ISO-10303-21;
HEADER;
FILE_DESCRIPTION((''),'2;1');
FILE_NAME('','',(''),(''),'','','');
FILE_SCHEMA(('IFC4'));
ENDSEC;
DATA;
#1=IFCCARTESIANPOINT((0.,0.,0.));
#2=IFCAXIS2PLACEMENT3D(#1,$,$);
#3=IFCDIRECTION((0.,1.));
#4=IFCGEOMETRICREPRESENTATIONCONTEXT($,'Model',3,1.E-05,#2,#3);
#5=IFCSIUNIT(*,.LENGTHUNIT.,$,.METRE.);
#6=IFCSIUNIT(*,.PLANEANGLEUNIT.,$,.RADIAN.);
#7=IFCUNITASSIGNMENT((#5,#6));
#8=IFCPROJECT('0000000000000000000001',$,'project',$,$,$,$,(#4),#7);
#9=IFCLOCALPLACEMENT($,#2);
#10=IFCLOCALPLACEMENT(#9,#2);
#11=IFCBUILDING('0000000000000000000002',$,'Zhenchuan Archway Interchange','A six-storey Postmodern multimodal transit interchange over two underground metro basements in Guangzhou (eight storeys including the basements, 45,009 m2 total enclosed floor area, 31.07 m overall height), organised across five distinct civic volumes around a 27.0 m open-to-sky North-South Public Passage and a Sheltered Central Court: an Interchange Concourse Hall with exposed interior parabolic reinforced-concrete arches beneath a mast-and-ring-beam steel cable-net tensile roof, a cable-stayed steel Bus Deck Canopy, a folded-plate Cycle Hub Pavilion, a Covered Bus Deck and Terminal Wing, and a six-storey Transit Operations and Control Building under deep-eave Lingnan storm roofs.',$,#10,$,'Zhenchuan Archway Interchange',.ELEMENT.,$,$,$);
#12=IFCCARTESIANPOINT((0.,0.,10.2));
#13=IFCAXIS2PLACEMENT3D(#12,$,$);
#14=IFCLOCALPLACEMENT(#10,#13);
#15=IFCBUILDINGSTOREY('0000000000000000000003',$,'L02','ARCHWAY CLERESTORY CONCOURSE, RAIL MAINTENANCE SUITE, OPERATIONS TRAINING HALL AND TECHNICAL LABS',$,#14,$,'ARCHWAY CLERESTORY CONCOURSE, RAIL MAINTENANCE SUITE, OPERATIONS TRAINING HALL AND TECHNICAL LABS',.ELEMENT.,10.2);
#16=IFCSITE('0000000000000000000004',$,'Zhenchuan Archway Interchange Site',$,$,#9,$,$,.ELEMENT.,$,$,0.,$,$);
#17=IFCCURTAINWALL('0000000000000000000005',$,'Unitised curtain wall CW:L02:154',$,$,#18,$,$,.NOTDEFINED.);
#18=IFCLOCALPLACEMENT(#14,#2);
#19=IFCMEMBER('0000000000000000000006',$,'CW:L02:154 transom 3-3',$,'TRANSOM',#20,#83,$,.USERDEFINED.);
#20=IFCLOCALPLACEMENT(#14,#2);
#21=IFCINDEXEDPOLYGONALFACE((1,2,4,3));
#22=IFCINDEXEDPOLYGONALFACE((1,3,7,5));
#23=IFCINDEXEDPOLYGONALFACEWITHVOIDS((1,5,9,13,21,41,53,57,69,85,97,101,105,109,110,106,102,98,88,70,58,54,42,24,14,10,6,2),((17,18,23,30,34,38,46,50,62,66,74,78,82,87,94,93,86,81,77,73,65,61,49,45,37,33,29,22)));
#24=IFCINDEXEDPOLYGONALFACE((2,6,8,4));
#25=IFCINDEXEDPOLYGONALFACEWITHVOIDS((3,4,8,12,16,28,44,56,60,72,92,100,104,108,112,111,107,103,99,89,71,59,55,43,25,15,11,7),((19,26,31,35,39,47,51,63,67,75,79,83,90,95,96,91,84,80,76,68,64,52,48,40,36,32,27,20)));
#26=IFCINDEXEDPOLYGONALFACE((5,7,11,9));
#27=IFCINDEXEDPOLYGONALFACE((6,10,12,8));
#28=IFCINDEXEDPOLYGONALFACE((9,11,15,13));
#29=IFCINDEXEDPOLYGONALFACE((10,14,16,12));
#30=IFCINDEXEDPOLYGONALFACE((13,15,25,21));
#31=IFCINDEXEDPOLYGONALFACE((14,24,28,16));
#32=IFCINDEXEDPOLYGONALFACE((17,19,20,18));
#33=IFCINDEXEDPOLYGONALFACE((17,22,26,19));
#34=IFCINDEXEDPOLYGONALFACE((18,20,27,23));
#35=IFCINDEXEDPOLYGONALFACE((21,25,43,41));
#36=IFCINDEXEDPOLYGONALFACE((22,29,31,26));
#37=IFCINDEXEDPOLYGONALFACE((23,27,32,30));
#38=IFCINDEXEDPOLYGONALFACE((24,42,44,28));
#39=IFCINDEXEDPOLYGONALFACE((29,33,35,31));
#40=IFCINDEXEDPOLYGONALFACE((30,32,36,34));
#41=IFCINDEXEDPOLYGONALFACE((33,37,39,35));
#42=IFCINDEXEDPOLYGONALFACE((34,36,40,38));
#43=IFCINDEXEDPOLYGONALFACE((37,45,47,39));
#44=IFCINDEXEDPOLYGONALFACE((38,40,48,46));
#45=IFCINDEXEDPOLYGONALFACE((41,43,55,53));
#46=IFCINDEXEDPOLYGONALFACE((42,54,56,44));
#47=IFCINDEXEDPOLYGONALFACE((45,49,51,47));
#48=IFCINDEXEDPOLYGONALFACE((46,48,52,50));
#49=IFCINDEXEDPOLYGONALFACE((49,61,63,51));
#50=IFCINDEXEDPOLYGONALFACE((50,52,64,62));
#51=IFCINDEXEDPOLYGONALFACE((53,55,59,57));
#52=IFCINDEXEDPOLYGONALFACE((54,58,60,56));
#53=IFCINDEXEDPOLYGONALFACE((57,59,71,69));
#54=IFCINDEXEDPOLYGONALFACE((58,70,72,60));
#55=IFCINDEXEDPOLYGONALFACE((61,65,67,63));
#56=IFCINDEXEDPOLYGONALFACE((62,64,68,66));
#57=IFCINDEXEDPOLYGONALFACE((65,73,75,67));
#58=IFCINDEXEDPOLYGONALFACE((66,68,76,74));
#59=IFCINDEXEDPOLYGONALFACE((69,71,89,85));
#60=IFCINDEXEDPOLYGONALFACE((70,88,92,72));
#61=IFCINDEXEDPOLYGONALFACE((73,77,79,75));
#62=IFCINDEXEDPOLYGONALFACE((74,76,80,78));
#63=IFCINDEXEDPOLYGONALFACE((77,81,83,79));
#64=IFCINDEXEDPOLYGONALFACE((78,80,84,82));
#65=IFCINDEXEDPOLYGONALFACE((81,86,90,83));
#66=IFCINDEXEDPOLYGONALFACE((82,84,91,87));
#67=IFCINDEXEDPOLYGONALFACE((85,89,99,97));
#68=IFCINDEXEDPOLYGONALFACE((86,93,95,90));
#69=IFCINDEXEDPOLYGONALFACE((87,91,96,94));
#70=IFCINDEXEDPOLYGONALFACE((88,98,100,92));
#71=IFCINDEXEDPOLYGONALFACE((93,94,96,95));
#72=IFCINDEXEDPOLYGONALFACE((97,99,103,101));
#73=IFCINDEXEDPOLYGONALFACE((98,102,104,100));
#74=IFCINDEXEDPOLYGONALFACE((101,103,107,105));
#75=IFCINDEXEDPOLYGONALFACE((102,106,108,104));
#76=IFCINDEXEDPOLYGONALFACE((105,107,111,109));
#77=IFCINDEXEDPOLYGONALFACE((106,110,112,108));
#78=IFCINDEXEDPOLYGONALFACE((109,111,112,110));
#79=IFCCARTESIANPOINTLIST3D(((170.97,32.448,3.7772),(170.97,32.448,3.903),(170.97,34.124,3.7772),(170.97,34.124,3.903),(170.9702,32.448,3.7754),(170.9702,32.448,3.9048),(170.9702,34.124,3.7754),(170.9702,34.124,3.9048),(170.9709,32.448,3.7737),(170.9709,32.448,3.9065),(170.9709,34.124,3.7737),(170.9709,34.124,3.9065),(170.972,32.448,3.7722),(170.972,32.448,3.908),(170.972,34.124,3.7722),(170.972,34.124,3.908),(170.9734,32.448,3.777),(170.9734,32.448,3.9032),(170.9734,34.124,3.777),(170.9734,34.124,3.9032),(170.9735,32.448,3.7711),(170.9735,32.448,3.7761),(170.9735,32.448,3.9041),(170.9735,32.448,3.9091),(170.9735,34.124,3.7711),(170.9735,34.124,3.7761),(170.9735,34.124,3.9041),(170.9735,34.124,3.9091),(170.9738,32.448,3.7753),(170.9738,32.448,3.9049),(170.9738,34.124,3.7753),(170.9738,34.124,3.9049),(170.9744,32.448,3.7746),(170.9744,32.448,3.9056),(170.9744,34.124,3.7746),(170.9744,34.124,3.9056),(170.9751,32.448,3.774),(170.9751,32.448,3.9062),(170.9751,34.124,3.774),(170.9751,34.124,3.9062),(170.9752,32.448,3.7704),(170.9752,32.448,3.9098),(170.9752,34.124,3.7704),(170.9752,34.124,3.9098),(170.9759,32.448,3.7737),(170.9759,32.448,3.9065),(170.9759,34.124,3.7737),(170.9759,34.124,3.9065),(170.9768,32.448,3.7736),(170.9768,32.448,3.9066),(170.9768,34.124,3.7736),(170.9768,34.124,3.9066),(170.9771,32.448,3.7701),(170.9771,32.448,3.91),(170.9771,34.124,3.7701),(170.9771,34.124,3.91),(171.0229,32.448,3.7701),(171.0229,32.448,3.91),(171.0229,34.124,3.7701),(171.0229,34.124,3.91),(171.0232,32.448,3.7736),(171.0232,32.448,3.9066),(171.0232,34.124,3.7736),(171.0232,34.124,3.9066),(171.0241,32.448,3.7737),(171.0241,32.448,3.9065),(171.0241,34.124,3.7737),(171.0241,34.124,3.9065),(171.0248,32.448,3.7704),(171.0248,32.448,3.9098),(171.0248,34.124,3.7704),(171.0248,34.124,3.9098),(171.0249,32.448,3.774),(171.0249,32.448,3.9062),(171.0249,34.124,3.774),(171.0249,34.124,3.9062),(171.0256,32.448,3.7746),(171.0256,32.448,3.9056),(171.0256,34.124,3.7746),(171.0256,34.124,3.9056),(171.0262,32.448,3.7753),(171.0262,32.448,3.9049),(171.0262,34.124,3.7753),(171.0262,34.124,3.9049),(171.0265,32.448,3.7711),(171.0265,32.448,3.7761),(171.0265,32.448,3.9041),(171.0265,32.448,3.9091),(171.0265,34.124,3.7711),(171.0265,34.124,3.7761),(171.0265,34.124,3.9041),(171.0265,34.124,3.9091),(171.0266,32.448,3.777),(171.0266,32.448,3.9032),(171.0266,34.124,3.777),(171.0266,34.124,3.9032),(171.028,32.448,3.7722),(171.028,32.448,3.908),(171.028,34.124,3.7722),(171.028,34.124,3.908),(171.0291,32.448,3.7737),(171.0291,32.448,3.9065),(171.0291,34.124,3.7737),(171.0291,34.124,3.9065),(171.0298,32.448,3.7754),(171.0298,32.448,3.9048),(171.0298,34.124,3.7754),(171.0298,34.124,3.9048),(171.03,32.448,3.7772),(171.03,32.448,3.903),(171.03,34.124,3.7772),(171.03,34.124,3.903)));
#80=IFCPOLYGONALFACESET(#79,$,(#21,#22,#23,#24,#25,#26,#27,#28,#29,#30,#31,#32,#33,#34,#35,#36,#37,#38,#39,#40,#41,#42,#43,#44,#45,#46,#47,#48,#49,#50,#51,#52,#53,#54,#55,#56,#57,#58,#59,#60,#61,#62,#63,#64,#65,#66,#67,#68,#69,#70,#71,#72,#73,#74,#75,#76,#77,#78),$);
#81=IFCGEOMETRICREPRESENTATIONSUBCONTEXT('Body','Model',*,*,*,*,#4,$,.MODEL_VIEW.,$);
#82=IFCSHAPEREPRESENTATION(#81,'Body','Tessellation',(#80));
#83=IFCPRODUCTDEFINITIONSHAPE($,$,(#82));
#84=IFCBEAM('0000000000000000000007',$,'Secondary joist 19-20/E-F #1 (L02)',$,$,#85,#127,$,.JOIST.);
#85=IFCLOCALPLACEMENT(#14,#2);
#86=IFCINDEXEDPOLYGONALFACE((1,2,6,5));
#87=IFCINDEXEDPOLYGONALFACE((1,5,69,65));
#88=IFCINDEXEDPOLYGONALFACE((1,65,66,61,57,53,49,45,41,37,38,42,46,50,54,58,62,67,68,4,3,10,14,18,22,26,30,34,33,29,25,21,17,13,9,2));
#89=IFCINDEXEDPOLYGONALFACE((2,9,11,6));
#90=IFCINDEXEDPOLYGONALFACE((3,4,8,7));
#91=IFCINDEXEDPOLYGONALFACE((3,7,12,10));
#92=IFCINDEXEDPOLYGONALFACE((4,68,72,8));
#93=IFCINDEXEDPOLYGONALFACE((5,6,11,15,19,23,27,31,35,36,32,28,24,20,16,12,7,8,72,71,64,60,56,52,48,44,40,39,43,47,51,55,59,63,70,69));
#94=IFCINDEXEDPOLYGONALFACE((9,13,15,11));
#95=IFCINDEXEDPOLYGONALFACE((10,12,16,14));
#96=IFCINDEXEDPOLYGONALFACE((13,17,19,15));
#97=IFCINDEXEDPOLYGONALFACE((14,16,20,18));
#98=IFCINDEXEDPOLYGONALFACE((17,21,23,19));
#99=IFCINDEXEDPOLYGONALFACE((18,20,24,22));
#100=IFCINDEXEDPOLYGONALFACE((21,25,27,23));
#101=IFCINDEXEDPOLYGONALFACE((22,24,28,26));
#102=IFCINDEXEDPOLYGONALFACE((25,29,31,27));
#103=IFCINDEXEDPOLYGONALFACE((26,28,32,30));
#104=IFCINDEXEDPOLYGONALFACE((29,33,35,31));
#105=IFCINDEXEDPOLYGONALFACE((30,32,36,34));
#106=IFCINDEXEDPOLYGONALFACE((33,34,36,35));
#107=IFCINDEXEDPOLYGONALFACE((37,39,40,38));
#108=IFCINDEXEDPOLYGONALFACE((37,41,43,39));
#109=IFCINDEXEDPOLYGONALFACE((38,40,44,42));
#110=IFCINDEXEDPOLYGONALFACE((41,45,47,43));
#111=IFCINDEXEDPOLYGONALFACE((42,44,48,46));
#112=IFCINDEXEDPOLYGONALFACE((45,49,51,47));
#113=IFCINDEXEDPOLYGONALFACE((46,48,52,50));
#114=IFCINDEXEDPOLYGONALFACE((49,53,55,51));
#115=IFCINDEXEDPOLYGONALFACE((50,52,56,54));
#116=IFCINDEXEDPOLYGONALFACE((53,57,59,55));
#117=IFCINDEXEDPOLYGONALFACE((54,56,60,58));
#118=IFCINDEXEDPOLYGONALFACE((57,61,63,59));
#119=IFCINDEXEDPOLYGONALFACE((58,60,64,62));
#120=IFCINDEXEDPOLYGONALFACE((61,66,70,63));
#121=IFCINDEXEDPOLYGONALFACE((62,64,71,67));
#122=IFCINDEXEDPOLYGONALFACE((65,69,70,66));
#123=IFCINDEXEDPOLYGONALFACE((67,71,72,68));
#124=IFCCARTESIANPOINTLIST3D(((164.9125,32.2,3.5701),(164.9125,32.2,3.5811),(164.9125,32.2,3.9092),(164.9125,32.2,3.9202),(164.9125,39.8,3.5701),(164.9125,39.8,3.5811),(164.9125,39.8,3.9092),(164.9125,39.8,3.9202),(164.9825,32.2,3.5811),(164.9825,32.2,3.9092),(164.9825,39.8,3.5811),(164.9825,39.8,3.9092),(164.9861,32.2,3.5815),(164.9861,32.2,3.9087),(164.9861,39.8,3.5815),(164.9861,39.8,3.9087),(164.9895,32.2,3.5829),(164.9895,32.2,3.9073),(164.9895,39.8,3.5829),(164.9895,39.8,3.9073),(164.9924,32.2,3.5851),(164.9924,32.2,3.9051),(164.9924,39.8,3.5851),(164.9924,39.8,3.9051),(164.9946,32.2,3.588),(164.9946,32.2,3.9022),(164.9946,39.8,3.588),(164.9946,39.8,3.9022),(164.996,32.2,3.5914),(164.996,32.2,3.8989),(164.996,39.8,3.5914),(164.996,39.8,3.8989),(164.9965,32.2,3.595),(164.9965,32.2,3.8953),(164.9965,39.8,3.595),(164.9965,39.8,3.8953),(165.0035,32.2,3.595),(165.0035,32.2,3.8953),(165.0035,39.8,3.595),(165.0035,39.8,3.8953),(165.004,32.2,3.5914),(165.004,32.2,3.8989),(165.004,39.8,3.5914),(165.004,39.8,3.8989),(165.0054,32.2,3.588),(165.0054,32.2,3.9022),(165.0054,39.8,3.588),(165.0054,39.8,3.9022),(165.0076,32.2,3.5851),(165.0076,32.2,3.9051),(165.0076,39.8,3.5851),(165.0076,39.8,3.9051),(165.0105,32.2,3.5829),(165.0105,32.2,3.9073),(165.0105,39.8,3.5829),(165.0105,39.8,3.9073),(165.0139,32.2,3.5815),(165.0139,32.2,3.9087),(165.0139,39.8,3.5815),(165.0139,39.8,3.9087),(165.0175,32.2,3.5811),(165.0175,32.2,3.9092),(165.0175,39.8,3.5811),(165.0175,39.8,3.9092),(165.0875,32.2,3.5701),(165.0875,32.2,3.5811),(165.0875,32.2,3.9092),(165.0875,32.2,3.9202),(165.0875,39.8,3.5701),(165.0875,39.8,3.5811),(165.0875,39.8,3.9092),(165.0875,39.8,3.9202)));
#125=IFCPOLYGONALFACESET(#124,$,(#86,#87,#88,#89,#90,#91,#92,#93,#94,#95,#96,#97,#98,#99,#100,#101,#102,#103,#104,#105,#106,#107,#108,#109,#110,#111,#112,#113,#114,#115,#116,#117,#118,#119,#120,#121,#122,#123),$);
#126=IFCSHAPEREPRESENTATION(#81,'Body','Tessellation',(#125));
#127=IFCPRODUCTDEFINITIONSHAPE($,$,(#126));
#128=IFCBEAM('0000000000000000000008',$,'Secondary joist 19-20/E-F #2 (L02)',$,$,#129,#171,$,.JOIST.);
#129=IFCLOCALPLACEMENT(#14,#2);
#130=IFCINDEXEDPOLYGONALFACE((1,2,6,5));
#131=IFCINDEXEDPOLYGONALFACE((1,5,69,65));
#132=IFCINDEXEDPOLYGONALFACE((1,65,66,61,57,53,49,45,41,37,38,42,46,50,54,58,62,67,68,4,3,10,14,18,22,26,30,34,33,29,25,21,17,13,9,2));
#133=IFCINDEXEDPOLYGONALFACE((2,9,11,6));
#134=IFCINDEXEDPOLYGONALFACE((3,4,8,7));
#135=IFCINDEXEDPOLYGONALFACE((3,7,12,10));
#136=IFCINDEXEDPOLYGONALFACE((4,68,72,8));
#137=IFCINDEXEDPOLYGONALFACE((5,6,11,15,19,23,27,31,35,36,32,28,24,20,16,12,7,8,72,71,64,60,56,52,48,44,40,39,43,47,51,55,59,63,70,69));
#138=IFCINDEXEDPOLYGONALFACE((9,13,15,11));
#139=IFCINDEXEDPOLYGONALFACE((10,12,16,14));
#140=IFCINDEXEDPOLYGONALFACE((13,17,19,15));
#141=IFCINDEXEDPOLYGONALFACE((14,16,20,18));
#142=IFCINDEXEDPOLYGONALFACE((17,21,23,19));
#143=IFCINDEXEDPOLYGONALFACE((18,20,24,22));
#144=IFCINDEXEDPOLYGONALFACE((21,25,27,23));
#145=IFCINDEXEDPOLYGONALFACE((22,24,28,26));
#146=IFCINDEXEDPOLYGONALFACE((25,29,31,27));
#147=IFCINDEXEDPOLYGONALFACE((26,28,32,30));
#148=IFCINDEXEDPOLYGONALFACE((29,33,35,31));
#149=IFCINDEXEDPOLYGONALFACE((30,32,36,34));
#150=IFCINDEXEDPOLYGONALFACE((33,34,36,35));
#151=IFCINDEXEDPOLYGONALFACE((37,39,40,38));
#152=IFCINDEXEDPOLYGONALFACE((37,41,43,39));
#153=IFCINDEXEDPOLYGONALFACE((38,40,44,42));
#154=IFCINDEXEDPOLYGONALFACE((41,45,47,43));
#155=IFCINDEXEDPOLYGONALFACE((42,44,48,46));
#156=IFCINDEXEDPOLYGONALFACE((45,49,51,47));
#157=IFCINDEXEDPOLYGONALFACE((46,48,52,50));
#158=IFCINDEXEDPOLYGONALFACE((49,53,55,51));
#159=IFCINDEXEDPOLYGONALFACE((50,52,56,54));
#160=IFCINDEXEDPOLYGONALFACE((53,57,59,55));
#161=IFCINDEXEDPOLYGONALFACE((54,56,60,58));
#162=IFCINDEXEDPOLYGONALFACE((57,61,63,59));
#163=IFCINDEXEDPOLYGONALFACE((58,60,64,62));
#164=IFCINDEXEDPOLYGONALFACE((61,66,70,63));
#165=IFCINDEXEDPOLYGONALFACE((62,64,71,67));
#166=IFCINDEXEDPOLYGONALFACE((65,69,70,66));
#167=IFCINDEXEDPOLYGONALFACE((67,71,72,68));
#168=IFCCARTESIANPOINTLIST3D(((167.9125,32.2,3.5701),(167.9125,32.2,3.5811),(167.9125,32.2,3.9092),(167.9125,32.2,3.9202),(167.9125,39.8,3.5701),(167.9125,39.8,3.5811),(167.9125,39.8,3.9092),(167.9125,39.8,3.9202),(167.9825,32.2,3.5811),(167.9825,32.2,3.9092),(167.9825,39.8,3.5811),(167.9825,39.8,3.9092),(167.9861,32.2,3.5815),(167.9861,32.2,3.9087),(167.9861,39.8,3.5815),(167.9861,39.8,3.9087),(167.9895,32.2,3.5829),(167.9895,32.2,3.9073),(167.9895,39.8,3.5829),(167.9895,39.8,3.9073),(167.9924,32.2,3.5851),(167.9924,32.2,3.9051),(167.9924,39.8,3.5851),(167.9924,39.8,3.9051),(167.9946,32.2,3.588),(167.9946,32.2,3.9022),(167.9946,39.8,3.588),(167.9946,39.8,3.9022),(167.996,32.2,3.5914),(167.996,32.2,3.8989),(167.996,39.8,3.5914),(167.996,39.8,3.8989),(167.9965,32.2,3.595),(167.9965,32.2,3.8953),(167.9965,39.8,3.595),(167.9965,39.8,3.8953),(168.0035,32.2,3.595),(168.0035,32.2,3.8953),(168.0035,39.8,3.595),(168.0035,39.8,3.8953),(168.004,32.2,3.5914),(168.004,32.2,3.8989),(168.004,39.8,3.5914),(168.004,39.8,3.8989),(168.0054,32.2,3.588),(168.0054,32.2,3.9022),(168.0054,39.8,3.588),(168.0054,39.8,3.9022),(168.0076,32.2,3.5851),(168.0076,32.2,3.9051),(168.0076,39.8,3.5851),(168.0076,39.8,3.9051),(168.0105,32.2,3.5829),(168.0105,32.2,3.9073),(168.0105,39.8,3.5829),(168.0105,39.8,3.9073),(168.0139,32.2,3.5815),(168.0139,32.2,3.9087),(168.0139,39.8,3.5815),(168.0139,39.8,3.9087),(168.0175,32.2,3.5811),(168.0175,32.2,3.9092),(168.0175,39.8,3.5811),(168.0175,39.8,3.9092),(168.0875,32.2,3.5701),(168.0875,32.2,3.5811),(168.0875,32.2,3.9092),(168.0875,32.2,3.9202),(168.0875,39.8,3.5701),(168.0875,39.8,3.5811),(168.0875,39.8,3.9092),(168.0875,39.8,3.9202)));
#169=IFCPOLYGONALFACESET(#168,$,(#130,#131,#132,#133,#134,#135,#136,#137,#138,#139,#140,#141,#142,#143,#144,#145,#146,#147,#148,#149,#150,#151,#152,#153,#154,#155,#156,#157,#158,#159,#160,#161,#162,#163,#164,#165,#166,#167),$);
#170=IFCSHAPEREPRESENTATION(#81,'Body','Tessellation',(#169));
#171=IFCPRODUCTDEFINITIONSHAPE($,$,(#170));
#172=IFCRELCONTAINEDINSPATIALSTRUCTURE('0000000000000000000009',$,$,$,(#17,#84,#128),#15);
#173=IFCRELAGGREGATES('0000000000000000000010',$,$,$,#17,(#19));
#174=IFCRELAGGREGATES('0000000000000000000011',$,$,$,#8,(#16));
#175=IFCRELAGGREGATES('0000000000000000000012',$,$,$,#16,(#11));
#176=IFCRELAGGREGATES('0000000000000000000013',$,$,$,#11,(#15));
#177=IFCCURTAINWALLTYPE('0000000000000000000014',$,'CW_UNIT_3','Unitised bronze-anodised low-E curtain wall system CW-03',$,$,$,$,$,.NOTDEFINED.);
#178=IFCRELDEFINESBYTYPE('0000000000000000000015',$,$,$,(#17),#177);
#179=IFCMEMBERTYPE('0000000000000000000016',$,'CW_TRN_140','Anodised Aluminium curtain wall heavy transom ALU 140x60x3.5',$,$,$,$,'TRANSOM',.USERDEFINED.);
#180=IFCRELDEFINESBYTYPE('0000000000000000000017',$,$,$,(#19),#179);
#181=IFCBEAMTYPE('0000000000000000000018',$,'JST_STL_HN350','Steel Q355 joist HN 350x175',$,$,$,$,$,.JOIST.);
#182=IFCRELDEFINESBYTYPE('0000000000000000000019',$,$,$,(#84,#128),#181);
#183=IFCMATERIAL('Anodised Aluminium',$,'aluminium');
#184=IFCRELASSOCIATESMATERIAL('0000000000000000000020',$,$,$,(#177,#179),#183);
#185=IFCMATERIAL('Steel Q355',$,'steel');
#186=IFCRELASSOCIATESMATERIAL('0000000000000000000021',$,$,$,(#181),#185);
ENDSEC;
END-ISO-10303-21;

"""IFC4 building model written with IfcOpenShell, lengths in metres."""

from ifc_helpers import new_model, si_unit, direction, frame, origin, origin_2d, place, context, subcontext, project, spatial, hollow_rectangle, i_section, extrude, material, material_profile, profile_set, type_object, element, aggregate, save


model = new_model("IFC4")

# Units and contexts
model_context = context("Model", 3, precision=1e-05, world=origin(), true_north=direction((0.0, 1.0)))
body_context = subcontext(model_context, "Body", "Model", "MODEL_VIEW")
ifc_project = project(units=[si_unit("LENGTHUNIT", "METRE"), si_unit("PLANEANGLEUNIT", "RADIAN")], contexts=[model_context])

# Site, building, storey
site_placement = place(None, origin())
site = spatial("IfcSite", under=ifc_project, at=site_placement, Name="Zhenchuan Archway Interchange Site", CompositionType="ELEMENT", RefElevation=0.0)
building_placement = place(site_placement, origin())
building = spatial("IfcBuilding", under=site, at=building_placement, Name="Zhenchuan Archway Interchange", Description="A six-storey Postmodern multimodal transit interchange over two underground metro basements in Guangzhou (eight storeys including the basements, 45,009 m2 total enclosed floor area, 31.07 m overall height), organised across five distinct civic volumes around a 27.0 m open-to-sky North-South Public Passage and a Sheltered Central Court: an Interchange Concourse Hall with exposed interior parabolic reinforced-concrete arches beneath a mast-and-ring-beam steel cable-net tensile roof, a cable-stayed steel Bus Deck Canopy, a folded-plate Cycle Hub Pavilion, a Covered Bus Deck and Terminal Wing, and a six-storey Transit Operations and Control Building under deep-eave Lingnan storm roofs.", LongName="Zhenchuan Archway Interchange", CompositionType="ELEMENT")
storey_placement = place(building_placement, frame((0.0, 0.0, 10.2)))
storey = spatial("IfcBuildingStorey", under=building, at=storey_placement, Name="L02", Description="ARCHWAY CLERESTORY CONCOURSE, RAIL MAINTENANCE SUITE, OPERATIONS TRAINING HALL AND TECHNICAL LABS", LongName="ARCHWAY CLERESTORY CONCOURSE, RAIL MAINTENANCE SUITE, OPERATIONS TRAINING HALL AND TECHNICAL LABS", CompositionType="ELEMENT", Elevation=10.2)

# Curtain wall, member
ifc_material_1 = material(Name="Anodised Aluminium", Category="aluminium")
curtain_wall_type = type_object("IfcCurtainWallType", Name="CW_UNIT_3", Description="Unitised bronze-anodised low-E curtain wall system CW-03", PredefinedType="NOTDEFINED", material=ifc_material_1)
curtain_wall_placement = place(storey_placement, origin())
curtain_wall = element("IfcCurtainWall", 1, at=curtain_wall_placement, inside=storey, type_object=curtain_wall_type, Name="Unitised curtain wall CW:L02:154", PredefinedType="NOTDEFINED")
ifc_material_profile_1 = material_profile(ifc_material_1, hollow_rectangle(XDim=0.0601, YDim=0.1399, WallThickness=0.0034, InnerFilletRadius=0.0034, OuterFilletRadius=0.0071, at=origin_2d()), Name="ALU 140x60x3.5")
ifc_profile_set_1 = profile_set([ifc_material_profile_1], Name="Anodised Aluminium")
member_type_1 = type_object("IfcMemberType", Name="CW_TRN_140", Description="Anodised Aluminium curtain wall heavy transom ALU 140x60x3.5", ElementType="TRANSOM", PredefinedType="USERDEFINED", material=ifc_profile_set_1)
member_1_placement = place(storey_placement, frame((171.0, 34.124, 3.8401), z_axis=(0.0, -1.0, 0.0), x_axis=(1.0, 0.0, 0.0)))
member_1 = element("IfcMember", 2, at=member_1_placement, type_object=member_type_1, Name="CW:L02:154 transom 3-3", ObjectType="TRANSOM", PredefinedType="USERDEFINED", context=body_context, shape_type="SweptSolid", body=[
    extrude(hollow_rectangle(XDim=0.0601, YDim=0.1399, WallThickness=0.0034, InnerFilletRadius=0.0034, OuterFilletRadius=0.0071, at=origin_2d()), origin(), (0.0, 0.0, 1.0), 1.676),
])

# Beams
ifc_material_2 = material(Name="Steel Q355", Category="steel")
ifc_material_profile_2 = material_profile(ifc_material_2, i_section(OverallWidth=0.175, OverallDepth=0.3501, WebThickness=0.0071, FlangeThickness=0.011, FilletRadius=0.0139, at=origin_2d()), Name="HN 350x175")
ifc_profile_set_2 = profile_set([ifc_material_profile_2], Name="Steel Q355")
beam_type_1 = type_object("IfcBeamType", Name="JST_STL_HN350", Description="Steel Q355 joist HN 350x175", PredefinedType="JOIST", material=ifc_profile_set_2)
for number, where, z_axis, x_axis, name in (
    (3, (165.0, 32.2, 3.7451), (0.0, 1.0, 0.0), (-1.0, 0.0, 0.0), "Secondary joist 19-20/E-F #1 (L02)"),
    (4, (168.0, 32.2, 3.7451), (0.0, 1.0, 0.0), (-1.0, 0.0, 0.0), "Secondary joist 19-20/E-F #2 (L02)"),
):
    element("IfcBeam", number, at=place(storey_placement, frame(where, z_axis=z_axis, x_axis=x_axis)), inside=storey, type_object=beam_type_1, Name=name, PredefinedType="JOIST", context=body_context, shape_type="SweptSolid", body=[
        extrude(i_section(OverallWidth=0.175, OverallDepth=0.3501, WebThickness=0.0071, FlangeThickness=0.011, FilletRadius=0.0139, at=origin_2d()), origin(), (0.0, 0.0, 1.0), 7.6001),
    ])

aggregate(curtain_wall, [member_1])

save(model, "model.ifc")
